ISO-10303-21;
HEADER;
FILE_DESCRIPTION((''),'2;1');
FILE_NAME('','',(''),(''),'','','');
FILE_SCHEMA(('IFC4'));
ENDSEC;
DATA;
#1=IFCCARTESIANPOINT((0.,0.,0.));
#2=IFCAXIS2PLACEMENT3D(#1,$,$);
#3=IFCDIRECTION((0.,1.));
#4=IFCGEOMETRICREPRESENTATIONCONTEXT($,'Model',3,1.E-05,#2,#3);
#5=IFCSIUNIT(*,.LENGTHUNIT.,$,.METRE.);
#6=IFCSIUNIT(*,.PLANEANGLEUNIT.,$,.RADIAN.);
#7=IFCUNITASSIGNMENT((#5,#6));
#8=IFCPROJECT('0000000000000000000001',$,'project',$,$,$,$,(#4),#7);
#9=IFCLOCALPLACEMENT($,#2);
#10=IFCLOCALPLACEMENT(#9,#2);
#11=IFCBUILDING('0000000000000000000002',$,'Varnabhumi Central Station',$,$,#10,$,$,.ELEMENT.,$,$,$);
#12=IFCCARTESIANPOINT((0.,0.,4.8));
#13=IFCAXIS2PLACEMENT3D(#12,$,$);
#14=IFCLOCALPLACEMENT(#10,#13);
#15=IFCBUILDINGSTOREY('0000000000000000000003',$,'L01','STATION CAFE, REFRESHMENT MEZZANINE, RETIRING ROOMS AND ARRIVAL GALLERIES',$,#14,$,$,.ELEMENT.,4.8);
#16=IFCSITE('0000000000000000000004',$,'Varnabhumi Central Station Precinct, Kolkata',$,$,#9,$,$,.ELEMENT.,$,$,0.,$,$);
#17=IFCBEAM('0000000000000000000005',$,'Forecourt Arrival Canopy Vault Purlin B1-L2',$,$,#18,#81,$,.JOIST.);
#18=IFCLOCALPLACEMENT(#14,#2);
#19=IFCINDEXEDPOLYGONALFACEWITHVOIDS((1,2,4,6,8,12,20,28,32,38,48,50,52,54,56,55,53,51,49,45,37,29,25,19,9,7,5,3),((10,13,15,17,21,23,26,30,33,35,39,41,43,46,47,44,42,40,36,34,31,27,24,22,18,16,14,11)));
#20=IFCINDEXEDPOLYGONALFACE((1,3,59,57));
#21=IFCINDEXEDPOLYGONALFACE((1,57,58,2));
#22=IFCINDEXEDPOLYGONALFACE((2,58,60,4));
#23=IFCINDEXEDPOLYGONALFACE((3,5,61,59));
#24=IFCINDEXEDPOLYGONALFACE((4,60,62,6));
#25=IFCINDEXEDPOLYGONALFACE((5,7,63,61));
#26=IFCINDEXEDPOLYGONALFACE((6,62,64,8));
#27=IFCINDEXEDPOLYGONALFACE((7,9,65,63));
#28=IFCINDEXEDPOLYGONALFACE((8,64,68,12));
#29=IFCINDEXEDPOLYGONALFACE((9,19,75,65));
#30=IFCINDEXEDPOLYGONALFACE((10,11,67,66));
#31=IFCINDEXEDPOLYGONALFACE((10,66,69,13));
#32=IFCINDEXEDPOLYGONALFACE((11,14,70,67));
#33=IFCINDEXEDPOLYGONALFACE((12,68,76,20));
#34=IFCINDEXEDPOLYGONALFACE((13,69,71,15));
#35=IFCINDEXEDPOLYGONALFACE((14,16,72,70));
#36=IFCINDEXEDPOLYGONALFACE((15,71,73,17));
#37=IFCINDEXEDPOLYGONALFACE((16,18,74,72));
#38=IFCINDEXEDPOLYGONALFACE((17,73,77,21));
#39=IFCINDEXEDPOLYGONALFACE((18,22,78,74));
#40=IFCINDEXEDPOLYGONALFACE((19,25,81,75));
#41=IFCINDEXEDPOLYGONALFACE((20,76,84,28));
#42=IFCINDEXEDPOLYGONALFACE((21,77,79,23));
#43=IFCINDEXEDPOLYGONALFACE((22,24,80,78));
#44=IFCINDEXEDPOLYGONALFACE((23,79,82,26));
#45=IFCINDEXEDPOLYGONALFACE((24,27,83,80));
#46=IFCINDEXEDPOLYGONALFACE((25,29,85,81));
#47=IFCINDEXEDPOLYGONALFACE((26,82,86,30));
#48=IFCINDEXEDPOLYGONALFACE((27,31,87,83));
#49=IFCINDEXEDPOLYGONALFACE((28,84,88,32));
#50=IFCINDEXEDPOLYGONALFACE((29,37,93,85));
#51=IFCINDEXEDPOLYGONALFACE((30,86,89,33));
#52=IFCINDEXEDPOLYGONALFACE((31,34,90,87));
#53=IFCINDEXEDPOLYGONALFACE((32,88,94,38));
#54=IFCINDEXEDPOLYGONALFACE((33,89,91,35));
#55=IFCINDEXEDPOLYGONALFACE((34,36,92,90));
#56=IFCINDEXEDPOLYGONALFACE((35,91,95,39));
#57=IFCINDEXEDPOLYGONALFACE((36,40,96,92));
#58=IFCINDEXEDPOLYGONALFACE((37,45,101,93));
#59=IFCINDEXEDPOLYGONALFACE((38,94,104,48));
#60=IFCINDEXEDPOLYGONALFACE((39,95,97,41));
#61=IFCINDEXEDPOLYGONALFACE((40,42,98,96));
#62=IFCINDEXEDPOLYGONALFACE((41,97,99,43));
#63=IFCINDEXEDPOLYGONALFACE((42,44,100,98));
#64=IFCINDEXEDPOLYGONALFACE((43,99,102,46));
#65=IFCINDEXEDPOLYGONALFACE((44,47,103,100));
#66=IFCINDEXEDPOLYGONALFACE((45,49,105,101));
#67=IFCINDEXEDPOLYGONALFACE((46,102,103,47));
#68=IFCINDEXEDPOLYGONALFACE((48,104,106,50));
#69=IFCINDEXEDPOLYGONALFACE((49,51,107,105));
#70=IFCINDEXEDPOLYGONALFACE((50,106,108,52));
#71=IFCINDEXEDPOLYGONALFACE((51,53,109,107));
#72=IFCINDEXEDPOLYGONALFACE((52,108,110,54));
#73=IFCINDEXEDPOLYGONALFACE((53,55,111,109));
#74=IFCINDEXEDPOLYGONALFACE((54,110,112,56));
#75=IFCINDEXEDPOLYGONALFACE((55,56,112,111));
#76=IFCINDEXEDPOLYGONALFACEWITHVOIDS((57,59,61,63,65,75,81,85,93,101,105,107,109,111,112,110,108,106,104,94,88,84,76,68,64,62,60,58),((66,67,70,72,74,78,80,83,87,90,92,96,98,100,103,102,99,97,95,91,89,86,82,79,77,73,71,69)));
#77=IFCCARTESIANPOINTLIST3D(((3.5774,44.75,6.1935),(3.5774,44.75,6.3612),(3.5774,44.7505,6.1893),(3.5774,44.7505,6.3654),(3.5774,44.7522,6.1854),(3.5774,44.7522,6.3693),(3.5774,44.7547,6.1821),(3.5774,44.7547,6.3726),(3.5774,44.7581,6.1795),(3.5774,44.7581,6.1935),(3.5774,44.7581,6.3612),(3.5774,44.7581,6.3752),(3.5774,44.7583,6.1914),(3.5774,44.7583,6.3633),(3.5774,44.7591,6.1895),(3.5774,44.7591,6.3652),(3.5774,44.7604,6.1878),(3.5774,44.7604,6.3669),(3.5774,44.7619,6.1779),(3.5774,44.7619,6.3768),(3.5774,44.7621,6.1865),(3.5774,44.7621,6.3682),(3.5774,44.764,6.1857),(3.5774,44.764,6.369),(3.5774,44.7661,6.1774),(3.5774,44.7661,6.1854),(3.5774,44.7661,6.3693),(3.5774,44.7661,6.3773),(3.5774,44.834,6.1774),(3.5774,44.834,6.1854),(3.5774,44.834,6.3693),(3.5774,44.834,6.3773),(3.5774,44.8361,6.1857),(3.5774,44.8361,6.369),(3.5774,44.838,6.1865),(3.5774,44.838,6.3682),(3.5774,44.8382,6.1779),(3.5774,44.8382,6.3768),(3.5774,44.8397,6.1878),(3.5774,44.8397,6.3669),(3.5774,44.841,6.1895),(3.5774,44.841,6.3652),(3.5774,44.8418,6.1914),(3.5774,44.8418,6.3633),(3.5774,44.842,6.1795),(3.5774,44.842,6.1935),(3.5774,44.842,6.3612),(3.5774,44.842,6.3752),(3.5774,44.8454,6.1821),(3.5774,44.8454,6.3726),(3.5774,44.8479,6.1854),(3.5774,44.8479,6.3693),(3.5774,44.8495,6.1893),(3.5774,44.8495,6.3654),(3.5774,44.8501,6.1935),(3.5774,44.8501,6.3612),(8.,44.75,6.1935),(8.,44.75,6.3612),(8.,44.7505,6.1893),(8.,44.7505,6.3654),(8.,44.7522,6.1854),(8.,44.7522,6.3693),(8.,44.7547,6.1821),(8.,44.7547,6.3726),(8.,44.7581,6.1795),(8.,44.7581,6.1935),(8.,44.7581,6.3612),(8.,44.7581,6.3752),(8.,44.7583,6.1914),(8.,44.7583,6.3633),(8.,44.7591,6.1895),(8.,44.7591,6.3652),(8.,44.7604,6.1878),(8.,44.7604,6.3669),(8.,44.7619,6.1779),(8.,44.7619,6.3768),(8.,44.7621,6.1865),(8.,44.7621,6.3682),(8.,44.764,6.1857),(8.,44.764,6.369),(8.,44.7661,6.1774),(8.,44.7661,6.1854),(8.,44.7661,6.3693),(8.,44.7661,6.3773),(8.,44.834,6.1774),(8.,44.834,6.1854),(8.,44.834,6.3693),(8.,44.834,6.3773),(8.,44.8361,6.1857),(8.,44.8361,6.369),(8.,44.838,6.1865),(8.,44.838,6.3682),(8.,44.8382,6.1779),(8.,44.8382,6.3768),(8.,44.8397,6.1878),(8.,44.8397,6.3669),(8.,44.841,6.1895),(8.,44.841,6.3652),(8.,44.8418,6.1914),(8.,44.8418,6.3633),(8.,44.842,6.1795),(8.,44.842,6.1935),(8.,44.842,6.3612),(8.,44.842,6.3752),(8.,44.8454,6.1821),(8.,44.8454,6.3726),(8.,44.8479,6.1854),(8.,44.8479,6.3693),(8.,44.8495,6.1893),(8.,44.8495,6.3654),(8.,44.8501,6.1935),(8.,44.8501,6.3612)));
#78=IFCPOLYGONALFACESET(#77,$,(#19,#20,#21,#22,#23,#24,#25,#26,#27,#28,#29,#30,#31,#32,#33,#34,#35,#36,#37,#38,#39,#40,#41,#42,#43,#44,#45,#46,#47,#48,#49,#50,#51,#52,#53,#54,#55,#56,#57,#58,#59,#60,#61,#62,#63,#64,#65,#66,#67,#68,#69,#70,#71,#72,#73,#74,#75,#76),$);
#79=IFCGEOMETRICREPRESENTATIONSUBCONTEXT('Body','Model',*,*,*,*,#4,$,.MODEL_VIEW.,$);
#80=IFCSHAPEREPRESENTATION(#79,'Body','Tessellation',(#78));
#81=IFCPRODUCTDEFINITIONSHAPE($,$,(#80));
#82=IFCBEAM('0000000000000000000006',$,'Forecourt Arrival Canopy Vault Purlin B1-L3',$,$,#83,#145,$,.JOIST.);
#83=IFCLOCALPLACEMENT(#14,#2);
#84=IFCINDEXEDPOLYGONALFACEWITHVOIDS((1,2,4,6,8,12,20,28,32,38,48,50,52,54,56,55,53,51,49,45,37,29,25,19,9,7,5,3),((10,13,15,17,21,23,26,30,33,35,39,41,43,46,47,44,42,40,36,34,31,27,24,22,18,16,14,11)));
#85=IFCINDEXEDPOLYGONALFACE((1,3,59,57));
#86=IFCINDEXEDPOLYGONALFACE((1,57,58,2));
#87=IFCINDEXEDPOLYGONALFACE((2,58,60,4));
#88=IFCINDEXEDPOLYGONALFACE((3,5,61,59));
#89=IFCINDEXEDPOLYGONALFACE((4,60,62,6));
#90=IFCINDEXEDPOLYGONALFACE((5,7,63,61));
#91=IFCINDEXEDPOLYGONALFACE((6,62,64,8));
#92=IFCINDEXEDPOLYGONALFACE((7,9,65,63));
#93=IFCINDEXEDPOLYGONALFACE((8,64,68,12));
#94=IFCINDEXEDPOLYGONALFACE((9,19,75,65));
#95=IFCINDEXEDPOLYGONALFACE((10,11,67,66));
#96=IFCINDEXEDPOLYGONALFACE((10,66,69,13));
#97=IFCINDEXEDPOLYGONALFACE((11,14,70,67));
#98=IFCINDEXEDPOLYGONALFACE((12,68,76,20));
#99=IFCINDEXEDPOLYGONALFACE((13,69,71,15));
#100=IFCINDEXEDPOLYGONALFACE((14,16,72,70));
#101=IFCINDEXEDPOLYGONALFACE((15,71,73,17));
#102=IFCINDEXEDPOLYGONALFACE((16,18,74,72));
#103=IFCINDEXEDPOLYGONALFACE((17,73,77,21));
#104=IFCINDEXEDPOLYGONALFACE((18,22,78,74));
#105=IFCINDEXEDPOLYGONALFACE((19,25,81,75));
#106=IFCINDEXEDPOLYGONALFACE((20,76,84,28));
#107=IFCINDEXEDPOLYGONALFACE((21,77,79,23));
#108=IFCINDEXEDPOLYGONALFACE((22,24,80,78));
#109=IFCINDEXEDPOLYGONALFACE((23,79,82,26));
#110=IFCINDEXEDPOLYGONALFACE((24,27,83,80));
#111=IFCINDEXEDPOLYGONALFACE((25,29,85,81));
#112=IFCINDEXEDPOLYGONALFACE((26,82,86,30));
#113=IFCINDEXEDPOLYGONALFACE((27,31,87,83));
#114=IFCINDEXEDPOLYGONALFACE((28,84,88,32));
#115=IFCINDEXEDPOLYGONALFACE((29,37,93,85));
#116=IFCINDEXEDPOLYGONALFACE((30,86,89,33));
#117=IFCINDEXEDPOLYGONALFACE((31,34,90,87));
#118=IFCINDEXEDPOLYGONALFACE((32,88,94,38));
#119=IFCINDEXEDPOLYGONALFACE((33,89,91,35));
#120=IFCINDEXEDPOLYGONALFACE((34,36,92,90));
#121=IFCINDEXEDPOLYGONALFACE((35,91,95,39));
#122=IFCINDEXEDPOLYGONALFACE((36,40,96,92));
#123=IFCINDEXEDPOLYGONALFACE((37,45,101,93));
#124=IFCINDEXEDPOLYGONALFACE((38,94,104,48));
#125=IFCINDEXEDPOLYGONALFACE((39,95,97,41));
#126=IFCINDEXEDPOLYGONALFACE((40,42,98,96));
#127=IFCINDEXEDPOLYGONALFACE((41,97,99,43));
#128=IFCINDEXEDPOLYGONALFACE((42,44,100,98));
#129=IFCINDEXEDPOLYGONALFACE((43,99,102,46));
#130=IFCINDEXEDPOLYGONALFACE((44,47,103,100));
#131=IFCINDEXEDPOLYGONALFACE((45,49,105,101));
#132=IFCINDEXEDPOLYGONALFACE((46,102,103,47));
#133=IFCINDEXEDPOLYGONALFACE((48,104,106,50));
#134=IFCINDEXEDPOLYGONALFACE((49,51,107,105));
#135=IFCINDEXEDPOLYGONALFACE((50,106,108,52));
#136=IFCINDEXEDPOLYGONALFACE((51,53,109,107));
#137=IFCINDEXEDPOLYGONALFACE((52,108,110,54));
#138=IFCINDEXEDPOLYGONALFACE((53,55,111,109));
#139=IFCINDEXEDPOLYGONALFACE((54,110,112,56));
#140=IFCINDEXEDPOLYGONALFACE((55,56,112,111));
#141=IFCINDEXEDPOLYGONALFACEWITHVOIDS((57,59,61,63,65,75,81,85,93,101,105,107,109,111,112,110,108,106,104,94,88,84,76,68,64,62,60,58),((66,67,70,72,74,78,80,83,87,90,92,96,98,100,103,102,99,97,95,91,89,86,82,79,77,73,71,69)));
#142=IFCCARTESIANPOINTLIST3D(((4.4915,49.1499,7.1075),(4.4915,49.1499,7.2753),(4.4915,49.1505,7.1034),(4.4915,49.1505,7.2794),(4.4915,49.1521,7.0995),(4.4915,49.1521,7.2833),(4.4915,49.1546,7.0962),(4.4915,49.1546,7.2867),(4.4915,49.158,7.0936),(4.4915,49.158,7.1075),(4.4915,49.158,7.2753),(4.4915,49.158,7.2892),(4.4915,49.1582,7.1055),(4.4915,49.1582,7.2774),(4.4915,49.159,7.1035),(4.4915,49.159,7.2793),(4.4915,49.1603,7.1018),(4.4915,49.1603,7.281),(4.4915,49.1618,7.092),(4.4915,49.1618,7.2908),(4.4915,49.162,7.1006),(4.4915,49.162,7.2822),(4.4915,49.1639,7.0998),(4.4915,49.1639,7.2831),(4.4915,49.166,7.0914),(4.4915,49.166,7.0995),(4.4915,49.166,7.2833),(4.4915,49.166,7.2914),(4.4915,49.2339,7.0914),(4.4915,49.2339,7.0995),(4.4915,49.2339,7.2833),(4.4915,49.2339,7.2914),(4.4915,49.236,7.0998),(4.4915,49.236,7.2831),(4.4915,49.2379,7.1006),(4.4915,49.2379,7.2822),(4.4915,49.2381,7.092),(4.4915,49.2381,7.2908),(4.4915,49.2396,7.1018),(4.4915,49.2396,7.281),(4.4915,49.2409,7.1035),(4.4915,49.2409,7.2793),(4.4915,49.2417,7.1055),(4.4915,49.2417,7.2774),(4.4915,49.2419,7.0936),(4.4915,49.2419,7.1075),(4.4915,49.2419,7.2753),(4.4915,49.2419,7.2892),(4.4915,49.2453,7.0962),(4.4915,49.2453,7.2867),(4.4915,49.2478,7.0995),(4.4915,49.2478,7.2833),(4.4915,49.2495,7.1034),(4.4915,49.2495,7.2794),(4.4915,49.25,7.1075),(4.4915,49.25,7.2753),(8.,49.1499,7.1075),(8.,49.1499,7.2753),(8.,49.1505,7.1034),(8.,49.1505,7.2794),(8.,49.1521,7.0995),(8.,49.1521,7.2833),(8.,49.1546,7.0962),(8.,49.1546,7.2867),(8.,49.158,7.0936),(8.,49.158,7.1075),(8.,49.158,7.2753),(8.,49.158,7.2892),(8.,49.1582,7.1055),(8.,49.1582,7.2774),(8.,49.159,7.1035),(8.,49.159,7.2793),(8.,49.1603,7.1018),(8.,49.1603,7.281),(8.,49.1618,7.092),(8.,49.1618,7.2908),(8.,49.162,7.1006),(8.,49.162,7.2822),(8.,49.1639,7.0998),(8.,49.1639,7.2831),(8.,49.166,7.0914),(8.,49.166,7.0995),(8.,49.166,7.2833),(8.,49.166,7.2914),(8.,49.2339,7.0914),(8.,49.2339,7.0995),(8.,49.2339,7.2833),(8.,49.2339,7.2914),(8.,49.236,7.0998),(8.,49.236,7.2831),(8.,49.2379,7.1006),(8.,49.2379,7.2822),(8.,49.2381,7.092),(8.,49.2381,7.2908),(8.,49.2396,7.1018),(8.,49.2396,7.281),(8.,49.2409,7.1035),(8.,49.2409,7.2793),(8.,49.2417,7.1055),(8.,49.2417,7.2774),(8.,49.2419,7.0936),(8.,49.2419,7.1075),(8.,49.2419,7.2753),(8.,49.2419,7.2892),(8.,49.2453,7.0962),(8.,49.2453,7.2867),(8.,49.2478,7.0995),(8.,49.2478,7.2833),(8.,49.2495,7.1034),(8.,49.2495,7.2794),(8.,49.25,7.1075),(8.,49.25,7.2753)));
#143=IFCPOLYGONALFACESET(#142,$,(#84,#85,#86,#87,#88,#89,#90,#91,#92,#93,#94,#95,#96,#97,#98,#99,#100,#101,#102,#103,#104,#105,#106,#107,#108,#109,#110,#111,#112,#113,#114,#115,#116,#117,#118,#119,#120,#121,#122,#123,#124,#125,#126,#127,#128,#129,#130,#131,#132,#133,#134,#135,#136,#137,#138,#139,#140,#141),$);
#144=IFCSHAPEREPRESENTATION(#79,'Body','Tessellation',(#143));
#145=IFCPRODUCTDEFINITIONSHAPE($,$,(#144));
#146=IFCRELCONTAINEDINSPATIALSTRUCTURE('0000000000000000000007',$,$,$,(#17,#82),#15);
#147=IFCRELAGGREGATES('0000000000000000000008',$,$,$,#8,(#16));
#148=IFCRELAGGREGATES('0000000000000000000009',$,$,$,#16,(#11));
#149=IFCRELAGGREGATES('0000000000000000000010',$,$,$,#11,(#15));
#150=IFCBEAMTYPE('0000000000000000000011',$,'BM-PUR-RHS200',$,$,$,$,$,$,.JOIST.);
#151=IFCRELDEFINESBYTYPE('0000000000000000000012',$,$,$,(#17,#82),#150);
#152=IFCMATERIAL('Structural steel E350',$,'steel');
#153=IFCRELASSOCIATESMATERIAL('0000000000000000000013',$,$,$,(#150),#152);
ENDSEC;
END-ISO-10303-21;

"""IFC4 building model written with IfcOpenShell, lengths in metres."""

from ifc_helpers import new_model, si_unit, direction, frame, origin, origin_2d, place, context, subcontext, project, spatial, hollow_rectangle, extrude, material, material_profile, profile_set, type_object, element, save


model = new_model("IFC4")

# Units and contexts
model_context = context("Model", 3, precision=1e-05, world=origin(), true_north=direction((0.0, 1.0)))
body_context = subcontext(model_context, "Body", "Model", "MODEL_VIEW")
ifc_project = project(units=[si_unit("LENGTHUNIT", "METRE"), si_unit("PLANEANGLEUNIT", "RADIAN")], contexts=[model_context])

# Site, building, storey
site_placement = place(None, origin())
site = spatial("IfcSite", under=ifc_project, at=site_placement, Name="Varnabhumi Central Station Precinct, Kolkata", CompositionType="ELEMENT", RefElevation=0.0)
building_placement = place(site_placement, origin())
building = spatial("IfcBuilding", under=site, at=building_placement, Name="Varnabhumi Central Station", CompositionType="ELEMENT")
storey_placement = place(building_placement, frame((0.0, 0.0, 4.8)))
storey = spatial("IfcBuildingStorey", under=building, at=storey_placement, Name="L01", Description="STATION CAFE, REFRESHMENT MEZZANINE, RETIRING ROOMS AND ARRIVAL GALLERIES", CompositionType="ELEMENT", Elevation=4.8)

# Beams
ifc_material_1 = material(Name="Structural steel E350", Category="steel")
ifc_material_profile_1 = material_profile(ifc_material_1, hollow_rectangle(XDim=0.1001, YDim=0.2, WallThickness=0.0081, InnerFilletRadius=0.0081, OuterFilletRadius=0.0161, at=origin_2d()), Name="Structural steel E350", Category="steel")
ifc_profile_set_1 = profile_set([ifc_material_profile_1], Name="Structural steel E350")
beam_type_1 = type_object("IfcBeamType", Name="BM-PUR-RHS200", PredefinedType="JOIST", material=ifc_profile_set_1)
beam_1_placement = place(storey_placement, frame((3.5774, 44.8, 6.2773), z_axis=(1.0, 0.0, 0.0), x_axis=(0.0, 1.0, 0.0)))
element("IfcBeam", 1, at=beam_1_placement, inside=storey, type_object=beam_type_1, Name="Forecourt Arrival Canopy Vault Purlin B1-L2", PredefinedType="JOIST", context=body_context, shape_type="SweptSolid", body=[
    extrude(hollow_rectangle(XDim=0.1001, YDim=0.2, WallThickness=0.0081, InnerFilletRadius=0.0081, OuterFilletRadius=0.0161, at=origin_2d()), origin(), (0.0, 0.0, 1.0), 4.4226),
])
beam_2_placement = place(storey_placement, frame((4.4915, 49.2, 7.1914), z_axis=(1.0, 0.0, 0.0), x_axis=(0.0, 1.0, 0.0)))
element("IfcBeam", 2, at=beam_2_placement, inside=storey, type_object=beam_type_1, Name="Forecourt Arrival Canopy Vault Purlin B1-L3", PredefinedType="JOIST", context=body_context, shape_type="SweptSolid", body=[
    extrude(hollow_rectangle(XDim=0.1001, YDim=0.2, WallThickness=0.0081, InnerFilletRadius=0.0081, OuterFilletRadius=0.0161, at=origin_2d()), origin(), (0.0, 0.0, 1.0), 3.5085),
])

save(model, "model.ifc")
